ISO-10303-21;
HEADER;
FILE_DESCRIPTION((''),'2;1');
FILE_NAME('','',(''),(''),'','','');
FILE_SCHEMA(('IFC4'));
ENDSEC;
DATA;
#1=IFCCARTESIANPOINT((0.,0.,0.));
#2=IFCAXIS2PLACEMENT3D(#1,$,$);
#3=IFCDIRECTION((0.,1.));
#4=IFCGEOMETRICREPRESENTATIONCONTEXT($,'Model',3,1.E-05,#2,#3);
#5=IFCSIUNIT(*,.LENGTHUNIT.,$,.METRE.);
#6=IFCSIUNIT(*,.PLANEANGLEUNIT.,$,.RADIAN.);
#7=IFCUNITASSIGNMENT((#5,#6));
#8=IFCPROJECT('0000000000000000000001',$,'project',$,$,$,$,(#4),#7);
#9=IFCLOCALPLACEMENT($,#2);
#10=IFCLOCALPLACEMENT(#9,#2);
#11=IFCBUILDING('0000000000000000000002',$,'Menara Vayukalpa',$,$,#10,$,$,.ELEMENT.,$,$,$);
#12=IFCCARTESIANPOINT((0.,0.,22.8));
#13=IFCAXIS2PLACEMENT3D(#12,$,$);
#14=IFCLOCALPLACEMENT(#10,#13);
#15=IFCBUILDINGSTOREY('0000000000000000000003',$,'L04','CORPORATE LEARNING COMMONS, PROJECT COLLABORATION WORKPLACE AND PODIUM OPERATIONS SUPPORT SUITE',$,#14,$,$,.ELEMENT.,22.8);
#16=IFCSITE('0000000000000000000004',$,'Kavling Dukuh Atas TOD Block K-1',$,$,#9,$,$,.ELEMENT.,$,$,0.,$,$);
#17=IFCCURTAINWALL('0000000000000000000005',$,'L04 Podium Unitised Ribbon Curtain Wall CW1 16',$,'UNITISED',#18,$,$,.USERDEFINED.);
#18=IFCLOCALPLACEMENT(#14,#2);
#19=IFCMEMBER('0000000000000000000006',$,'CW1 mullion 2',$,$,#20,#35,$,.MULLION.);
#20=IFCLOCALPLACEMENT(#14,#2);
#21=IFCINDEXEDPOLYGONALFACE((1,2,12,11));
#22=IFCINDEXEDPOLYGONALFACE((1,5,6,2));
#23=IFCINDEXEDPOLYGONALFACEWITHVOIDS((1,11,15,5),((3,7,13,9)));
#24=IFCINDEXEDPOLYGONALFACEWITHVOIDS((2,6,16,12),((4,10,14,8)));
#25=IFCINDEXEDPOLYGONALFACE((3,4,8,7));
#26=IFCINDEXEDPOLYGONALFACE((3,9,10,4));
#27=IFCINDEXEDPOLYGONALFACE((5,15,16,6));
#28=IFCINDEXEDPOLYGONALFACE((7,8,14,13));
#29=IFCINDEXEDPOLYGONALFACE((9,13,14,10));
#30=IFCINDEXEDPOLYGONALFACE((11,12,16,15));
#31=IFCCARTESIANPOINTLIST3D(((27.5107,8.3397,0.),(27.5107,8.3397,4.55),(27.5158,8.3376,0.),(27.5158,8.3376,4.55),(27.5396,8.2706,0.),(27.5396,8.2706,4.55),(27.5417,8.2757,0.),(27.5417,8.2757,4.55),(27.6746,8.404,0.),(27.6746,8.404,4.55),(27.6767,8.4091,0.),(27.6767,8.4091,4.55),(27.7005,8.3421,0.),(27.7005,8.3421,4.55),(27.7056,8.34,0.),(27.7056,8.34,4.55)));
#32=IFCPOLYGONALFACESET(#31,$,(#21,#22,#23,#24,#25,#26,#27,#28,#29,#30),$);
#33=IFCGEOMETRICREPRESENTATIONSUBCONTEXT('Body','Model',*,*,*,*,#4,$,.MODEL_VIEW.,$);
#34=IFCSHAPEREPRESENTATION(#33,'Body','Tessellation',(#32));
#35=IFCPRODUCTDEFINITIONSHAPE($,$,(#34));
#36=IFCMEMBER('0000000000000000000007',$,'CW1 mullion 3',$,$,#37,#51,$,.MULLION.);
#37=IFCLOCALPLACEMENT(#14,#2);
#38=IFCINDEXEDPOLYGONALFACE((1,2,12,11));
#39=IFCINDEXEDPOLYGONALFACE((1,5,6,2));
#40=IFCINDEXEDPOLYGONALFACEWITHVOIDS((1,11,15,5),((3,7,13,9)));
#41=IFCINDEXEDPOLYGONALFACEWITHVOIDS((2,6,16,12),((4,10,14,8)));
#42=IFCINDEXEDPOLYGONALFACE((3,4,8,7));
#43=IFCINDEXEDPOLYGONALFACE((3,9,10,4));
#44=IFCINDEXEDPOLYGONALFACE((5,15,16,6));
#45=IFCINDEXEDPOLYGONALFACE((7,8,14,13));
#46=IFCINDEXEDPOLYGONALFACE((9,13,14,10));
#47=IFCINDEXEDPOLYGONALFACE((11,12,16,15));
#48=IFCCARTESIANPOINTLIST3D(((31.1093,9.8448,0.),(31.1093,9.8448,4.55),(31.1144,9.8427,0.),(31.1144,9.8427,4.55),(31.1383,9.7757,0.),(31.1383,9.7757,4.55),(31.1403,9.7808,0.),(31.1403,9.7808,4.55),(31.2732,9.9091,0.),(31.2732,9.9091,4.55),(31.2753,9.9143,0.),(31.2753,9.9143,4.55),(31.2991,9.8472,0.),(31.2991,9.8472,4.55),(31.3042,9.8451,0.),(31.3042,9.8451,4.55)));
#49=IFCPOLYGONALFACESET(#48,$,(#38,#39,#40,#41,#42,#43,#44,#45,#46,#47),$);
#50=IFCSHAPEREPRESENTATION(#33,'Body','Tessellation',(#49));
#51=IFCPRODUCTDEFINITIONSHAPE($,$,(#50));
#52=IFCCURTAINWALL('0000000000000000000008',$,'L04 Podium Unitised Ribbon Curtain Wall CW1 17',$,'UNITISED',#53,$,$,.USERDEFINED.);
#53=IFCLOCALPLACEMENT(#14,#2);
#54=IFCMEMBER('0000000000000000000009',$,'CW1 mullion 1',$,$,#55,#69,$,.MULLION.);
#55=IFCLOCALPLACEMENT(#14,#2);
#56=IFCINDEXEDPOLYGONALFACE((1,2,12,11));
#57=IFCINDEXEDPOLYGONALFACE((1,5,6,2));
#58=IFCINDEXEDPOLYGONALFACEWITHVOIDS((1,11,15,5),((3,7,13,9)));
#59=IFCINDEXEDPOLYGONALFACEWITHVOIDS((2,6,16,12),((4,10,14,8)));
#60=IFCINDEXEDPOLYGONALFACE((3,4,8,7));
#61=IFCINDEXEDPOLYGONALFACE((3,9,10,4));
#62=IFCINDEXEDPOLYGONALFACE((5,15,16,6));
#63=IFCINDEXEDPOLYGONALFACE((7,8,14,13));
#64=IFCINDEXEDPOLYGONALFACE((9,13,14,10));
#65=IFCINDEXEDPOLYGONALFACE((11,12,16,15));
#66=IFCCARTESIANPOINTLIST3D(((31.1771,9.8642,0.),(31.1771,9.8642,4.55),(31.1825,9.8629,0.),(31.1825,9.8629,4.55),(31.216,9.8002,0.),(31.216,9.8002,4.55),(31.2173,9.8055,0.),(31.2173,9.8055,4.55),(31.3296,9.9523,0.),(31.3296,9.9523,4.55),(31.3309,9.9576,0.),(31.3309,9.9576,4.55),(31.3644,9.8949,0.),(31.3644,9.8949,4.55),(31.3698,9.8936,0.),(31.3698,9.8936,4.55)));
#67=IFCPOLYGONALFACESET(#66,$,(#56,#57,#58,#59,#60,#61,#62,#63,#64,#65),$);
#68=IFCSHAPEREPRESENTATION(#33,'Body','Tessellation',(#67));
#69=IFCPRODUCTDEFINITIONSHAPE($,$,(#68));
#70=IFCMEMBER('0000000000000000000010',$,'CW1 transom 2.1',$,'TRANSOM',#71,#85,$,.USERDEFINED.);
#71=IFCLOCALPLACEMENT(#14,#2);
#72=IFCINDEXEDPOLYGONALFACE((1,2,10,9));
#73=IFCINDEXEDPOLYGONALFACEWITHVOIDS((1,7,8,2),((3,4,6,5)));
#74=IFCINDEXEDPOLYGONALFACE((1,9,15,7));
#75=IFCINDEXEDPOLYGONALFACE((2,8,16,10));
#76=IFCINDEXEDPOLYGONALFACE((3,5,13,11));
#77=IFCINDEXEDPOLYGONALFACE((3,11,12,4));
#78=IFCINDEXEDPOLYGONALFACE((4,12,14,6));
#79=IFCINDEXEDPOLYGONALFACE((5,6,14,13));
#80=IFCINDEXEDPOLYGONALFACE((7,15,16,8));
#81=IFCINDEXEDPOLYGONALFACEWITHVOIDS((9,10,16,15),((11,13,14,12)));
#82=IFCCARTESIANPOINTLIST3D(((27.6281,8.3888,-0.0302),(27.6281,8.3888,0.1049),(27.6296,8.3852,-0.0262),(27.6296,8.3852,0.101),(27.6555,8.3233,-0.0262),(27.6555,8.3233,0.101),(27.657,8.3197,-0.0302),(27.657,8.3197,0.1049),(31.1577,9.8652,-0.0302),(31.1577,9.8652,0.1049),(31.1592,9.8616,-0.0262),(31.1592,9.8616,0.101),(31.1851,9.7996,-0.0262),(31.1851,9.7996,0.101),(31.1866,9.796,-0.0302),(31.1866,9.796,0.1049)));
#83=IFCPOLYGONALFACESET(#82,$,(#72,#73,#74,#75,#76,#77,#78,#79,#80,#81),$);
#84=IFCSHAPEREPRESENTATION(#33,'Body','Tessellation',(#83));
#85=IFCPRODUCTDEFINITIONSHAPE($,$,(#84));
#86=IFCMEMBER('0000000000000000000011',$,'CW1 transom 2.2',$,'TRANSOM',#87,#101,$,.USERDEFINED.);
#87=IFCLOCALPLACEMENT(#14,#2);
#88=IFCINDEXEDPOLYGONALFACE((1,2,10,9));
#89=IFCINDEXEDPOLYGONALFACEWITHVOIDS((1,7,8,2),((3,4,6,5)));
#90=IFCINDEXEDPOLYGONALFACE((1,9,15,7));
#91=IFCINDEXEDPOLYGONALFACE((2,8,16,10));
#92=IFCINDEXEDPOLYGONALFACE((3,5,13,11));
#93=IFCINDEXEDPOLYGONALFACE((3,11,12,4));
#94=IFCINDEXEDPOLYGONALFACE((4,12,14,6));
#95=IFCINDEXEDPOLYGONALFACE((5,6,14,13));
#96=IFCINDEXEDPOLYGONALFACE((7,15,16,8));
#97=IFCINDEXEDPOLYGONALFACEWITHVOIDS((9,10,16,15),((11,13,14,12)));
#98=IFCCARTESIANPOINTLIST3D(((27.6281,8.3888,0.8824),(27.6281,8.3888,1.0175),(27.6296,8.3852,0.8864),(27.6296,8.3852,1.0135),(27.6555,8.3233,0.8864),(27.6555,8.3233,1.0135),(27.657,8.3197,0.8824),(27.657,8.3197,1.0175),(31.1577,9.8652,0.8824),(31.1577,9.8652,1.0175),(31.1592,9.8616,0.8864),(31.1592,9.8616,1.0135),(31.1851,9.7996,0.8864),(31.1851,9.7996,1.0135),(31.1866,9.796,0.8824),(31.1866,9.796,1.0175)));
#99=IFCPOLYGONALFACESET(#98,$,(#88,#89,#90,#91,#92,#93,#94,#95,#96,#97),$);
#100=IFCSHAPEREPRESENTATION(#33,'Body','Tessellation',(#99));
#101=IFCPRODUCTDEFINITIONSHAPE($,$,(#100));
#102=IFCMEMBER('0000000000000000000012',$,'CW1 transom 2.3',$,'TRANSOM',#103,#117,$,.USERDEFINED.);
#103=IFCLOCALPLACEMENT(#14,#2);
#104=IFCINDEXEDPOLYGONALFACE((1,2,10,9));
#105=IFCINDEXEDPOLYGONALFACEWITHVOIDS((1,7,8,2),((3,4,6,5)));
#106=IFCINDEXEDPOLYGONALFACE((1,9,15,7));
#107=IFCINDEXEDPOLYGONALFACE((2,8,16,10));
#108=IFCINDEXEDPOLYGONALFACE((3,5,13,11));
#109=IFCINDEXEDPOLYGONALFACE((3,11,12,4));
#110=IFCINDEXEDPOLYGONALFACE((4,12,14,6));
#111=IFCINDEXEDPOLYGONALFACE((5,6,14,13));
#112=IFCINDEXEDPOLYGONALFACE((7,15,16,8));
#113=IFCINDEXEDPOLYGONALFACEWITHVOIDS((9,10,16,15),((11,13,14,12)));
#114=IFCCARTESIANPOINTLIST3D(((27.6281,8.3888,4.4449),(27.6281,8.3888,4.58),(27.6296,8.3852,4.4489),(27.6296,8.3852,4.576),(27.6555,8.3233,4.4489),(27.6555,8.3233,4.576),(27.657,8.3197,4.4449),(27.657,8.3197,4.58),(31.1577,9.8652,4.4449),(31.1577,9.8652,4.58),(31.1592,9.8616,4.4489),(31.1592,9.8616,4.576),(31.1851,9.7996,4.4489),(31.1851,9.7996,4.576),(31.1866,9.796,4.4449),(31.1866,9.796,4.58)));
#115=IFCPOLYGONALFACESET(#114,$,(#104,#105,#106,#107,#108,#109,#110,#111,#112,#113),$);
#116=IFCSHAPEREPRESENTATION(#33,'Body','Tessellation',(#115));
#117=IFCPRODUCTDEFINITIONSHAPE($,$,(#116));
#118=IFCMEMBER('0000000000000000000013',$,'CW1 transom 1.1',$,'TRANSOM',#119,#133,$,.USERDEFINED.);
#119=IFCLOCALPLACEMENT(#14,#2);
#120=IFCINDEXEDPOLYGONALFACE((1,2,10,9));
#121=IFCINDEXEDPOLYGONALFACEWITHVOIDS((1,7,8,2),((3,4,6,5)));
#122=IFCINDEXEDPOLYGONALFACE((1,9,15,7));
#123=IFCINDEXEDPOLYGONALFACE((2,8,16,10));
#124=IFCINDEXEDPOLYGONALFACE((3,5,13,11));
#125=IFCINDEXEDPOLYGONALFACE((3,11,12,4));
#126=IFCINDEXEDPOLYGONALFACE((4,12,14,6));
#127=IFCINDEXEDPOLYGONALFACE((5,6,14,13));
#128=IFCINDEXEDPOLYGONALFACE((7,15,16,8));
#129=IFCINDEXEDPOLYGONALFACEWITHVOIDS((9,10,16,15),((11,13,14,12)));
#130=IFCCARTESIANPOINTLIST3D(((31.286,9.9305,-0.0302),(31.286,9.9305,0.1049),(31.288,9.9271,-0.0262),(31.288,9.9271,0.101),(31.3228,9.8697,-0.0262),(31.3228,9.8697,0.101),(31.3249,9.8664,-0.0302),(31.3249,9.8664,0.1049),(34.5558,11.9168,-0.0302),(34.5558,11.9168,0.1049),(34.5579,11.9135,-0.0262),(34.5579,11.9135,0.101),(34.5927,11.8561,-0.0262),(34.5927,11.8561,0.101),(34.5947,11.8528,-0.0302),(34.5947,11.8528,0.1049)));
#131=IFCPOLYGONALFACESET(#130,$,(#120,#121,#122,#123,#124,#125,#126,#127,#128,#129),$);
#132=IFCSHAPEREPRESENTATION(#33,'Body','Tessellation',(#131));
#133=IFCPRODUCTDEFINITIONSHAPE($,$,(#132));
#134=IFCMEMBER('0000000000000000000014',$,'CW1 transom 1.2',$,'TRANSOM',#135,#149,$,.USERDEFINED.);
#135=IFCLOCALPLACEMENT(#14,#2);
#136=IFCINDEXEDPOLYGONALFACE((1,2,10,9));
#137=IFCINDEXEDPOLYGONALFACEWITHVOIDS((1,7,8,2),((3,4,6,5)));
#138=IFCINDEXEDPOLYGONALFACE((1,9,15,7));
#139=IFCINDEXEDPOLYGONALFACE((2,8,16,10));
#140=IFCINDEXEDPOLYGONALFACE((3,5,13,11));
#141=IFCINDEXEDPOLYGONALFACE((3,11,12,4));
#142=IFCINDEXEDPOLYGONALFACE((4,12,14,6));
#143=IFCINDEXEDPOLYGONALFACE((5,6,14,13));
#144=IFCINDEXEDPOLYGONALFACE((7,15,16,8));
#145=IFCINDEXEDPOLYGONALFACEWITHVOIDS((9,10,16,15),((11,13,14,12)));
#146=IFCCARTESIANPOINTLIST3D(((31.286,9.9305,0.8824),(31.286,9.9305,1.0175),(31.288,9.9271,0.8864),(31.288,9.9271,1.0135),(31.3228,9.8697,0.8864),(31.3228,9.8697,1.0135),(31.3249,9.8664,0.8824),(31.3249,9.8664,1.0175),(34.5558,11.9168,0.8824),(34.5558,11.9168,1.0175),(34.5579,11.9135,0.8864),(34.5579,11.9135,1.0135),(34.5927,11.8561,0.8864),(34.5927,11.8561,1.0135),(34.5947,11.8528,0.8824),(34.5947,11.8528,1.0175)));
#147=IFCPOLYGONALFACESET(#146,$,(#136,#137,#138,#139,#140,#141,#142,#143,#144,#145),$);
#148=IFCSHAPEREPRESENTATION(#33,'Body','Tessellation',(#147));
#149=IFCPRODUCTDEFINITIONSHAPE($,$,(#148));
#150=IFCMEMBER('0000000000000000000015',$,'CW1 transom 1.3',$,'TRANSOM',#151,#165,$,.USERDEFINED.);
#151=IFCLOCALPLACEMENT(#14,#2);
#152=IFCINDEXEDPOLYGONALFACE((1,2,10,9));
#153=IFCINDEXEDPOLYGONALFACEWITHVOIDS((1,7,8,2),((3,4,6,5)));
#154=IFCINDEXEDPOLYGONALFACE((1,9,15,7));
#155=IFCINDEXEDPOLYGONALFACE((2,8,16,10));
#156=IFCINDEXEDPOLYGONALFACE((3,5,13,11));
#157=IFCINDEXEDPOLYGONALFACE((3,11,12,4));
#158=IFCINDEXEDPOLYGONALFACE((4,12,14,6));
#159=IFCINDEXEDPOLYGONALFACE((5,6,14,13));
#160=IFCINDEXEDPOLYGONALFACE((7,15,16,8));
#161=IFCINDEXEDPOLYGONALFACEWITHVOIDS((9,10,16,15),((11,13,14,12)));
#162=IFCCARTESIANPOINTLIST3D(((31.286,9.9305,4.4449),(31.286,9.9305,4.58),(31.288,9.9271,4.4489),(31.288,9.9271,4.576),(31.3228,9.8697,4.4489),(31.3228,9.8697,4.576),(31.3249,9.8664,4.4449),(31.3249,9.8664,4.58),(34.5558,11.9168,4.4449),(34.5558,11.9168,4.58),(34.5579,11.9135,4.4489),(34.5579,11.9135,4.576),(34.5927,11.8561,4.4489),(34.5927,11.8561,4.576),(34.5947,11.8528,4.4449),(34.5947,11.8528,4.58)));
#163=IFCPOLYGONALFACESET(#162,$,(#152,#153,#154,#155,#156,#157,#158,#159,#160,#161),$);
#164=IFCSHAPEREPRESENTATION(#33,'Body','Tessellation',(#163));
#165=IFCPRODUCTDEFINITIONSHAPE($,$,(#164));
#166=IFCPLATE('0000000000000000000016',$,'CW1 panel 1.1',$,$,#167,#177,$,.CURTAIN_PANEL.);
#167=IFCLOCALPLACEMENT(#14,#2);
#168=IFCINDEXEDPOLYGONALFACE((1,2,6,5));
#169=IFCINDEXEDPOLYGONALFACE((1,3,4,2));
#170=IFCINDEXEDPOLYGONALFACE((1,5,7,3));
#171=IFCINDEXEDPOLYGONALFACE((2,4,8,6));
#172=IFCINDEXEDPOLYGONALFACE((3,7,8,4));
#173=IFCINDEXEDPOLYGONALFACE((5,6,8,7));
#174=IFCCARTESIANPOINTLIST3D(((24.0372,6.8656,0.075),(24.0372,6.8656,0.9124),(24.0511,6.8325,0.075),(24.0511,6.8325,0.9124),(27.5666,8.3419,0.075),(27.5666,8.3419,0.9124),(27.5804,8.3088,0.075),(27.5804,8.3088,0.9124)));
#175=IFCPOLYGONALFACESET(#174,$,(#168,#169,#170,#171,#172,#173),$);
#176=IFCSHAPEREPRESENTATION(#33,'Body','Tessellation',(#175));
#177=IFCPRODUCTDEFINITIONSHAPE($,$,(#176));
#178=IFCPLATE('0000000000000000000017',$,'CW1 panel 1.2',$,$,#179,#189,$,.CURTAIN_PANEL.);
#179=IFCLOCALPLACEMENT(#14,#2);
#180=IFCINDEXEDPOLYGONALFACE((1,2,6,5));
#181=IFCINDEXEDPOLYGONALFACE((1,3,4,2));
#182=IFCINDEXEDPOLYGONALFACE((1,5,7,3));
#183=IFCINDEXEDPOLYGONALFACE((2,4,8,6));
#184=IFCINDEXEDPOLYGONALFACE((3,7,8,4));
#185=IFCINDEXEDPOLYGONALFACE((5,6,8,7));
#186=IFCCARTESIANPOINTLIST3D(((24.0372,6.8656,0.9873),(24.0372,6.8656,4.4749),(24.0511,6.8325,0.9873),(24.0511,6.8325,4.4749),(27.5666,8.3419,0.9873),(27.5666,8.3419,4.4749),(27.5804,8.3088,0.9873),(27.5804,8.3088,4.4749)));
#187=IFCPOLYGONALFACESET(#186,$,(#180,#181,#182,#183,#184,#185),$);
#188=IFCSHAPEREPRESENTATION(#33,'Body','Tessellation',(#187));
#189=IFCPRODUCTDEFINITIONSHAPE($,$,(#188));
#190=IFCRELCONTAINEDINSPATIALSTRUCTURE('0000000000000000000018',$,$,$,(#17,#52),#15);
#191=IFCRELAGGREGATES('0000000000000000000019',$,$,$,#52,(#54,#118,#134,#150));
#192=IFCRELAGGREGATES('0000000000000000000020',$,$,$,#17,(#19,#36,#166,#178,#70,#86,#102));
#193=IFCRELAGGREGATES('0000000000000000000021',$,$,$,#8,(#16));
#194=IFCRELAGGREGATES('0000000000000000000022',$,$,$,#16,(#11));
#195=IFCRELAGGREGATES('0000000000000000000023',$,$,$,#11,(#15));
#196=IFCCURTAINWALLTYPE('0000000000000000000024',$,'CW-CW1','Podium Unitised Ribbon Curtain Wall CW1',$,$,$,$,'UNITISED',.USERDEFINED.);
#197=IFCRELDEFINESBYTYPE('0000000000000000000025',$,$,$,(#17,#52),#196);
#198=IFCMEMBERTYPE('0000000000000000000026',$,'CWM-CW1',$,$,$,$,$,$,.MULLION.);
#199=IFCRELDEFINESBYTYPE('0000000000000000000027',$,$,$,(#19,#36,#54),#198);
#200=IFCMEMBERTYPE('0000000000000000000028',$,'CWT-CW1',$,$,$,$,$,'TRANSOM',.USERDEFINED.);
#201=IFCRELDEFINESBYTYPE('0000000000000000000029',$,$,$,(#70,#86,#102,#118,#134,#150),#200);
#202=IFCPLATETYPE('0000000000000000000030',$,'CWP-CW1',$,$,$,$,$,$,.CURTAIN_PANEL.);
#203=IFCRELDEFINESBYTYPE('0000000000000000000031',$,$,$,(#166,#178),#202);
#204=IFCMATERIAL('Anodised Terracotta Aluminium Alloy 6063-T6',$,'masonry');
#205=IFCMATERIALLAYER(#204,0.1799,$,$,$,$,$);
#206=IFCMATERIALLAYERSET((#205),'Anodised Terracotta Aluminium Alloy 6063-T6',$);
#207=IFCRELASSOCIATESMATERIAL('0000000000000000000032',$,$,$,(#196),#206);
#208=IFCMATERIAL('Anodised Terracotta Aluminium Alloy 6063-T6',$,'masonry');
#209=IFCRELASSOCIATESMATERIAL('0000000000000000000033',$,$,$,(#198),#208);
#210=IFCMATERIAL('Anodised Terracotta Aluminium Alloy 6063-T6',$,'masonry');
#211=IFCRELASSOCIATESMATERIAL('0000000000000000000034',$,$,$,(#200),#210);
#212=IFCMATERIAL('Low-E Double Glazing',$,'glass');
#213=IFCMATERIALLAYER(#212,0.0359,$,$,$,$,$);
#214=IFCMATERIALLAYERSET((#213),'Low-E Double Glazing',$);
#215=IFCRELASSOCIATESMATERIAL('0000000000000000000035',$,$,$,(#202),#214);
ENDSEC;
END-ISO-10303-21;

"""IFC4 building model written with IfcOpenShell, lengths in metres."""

from ifc_helpers import new_model, si_unit, direction, frame, origin, origin_2d, place, context, subcontext, project, spatial, rectangle, hollow_rectangle, extrude, material, layer, layer_set, material_profile, profile_set, type_object, element, aggregate, save


model = new_model("IFC4")

# Units and contexts
model_context = context("Model", 3, precision=1e-05, world=origin(), true_north=direction((0.0, 1.0)))
body_context = subcontext(model_context, "Body", "Model", "MODEL_VIEW")
ifc_project = project(units=[si_unit("LENGTHUNIT", "METRE"), si_unit("PLANEANGLEUNIT", "RADIAN")], contexts=[model_context])

# Site, building, storey
site_placement = place(None, origin())
site = spatial("IfcSite", under=ifc_project, at=site_placement, Name="Kavling Dukuh Atas TOD Block K-1", CompositionType="ELEMENT", RefElevation=0.0)
building_placement = place(site_placement, origin())
building = spatial("IfcBuilding", under=site, at=building_placement, Name="Menara Vayukalpa", CompositionType="ELEMENT")
storey_placement = place(building_placement, frame((0.0, 0.0, 22.8)))
storey = spatial("IfcBuildingStorey", under=building, at=storey_placement, Name="L04", Description="CORPORATE LEARNING COMMONS, PROJECT COLLABORATION WORKPLACE AND PODIUM OPERATIONS SUPPORT SUITE", CompositionType="ELEMENT", Elevation=22.8)

# Curtain wall, members
ifc_material_1 = material(Name="Anodised Terracotta Aluminium Alloy 6063-T6", Category="masonry")
ifc_layer_1 = layer(ifc_material_1, 0.1799)
ifc_layer_set_1 = layer_set([ifc_layer_1], Name="Anodised Terracotta Aluminium Alloy 6063-T6")
curtain_wall_type = type_object("IfcCurtainWallType", Name="CW-CW1", Description="Podium Unitised Ribbon Curtain Wall CW1", ElementType="UNITISED", PredefinedType="USERDEFINED", material=ifc_layer_set_1)
curtain_wall_1_placement = place(storey_placement, origin())
curtain_wall_1 = element("IfcCurtainWall", 1, at=curtain_wall_1_placement, inside=storey, type_object=curtain_wall_type, Name="L04 Podium Unitised Ribbon Curtain Wall CW1 16", ObjectType="UNITISED", PredefinedType="USERDEFINED")
ifc_material_2 = material(Name="Anodised Terracotta Aluminium Alloy 6063-T6", Category="masonry")
ifc_material_profile_1 = material_profile(ifc_material_2, hollow_rectangle(XDim=0.075, YDim=0.1799, WallThickness=0.0039, at=origin_2d()), Name="ALU 75x180x4")
ifc_profile_set_1 = profile_set([ifc_material_profile_1], Name="Anodised Terracotta Aluminium Alloy 6063-T6")
member_type_1 = type_object("IfcMemberType", Name="CWM-CW1", PredefinedType="MULLION", material=ifc_profile_set_1)
member_1_placement = place(storey_placement, frame((27.6082, 8.3398, 0.0), z_axis=(0.0, 0.0, 1.0), x_axis=(-0.385891, 0.922545, 0.0)))
member_1 = element("IfcMember", 2, at=member_1_placement, type_object=member_type_1, Name="CW1 mullion 2", PredefinedType="MULLION", context=body_context, shape_type="SweptSolid", body=[
    extrude(hollow_rectangle(XDim=0.075, YDim=0.1799, WallThickness=0.0039, at=origin_2d()), origin(), (0.0, 0.0, 1.0), 4.55),
])
member_2_placement = place(storey_placement, frame((31.2068, 9.845, 0.0), z_axis=(0.0, 0.0, 1.0), x_axis=(-0.385891, 0.922545, 0.0)))
member_2 = element("IfcMember", 3, at=member_2_placement, type_object=member_type_1, Name="CW1 mullion 3", PredefinedType="MULLION", context=body_context, shape_type="SweptSolid", body=[
    extrude(hollow_rectangle(XDim=0.075, YDim=0.1799, WallThickness=0.0039, at=origin_2d()), origin(), (0.0, 0.0, 1.0), 4.55),
])

# Curtain wall, member
curtain_wall_2_placement = place(storey_placement, origin())
curtain_wall_2 = element("IfcCurtainWall", 4, at=curtain_wall_2_placement, inside=storey, type_object=curtain_wall_type, Name="L04 Podium Unitised Ribbon Curtain Wall CW1 17", ObjectType="UNITISED", PredefinedType="USERDEFINED")
member_3_placement = place(storey_placement, frame((31.2734, 9.8789, 0.0), z_axis=(0.0, 0.0, 1.0), x_axis=(-0.51918, 0.854665, 0.0)))
member_3 = element("IfcMember", 5, at=member_3_placement, type_object=member_type_1, Name="CW1 mullion 1", PredefinedType="MULLION", context=body_context, shape_type="SweptSolid", body=[
    extrude(hollow_rectangle(XDim=0.075, YDim=0.1799, WallThickness=0.0039, at=origin_2d()), origin(), (0.0, 0.0, 1.0), 4.55),
])

# Members
ifc_material_3 = material(Name="Anodised Terracotta Aluminium Alloy 6063-T6", Category="masonry")
ifc_material_profile_2 = material_profile(ifc_material_3, hollow_rectangle(XDim=0.075, YDim=0.135, WallThickness=0.0039, at=origin_2d()), Name="ALU 75x135x4")
ifc_profile_set_2 = profile_set([ifc_material_profile_2], Name="Anodised Terracotta Aluminium Alloy 6063-T6")
member_type_2 = type_object("IfcMemberType", Name="CWT-CW1", ElementType="TRANSOM", PredefinedType="USERDEFINED", material=ifc_profile_set_2)
member_4_placement = place(storey_placement, frame((27.6426, 8.3542, 0.0374), z_axis=(0.922549, 0.385879, 0.0), x_axis=(-0.385879, 0.922549, 0.0)))
member_4 = element("IfcMember", 6, at=member_4_placement, type_object=member_type_2, Name="CW1 transom 2.1", ObjectType="TRANSOM", PredefinedType="USERDEFINED", context=body_context, shape_type="SweptSolid", body=[
    extrude(hollow_rectangle(XDim=0.075, YDim=0.135, WallThickness=0.0039, at=origin_2d()), origin(), (0.0, 0.0, 1.0), 3.8259),
])
member_5_placement = place(storey_placement, frame((27.6426, 8.3542, 0.95), z_axis=(0.922549, 0.385879, 0.0), x_axis=(-0.385879, 0.922549, 0.0)))
member_5 = element("IfcMember", 7, at=member_5_placement, type_object=member_type_2, Name="CW1 transom 2.2", ObjectType="TRANSOM", PredefinedType="USERDEFINED", context=body_context, shape_type="SweptSolid", body=[
    extrude(hollow_rectangle(XDim=0.075, YDim=0.135, WallThickness=0.0039, at=origin_2d()), origin(), (0.0, 0.0, 1.0), 3.8259),
])
member_6_placement = place(storey_placement, frame((27.6426, 8.3542, 4.5125), z_axis=(0.922549, 0.385879, 0.0), x_axis=(-0.385879, 0.922549, 0.0)))
member_6 = element("IfcMember", 8, at=member_6_placement, type_object=member_type_2, Name="CW1 transom 2.3", ObjectType="TRANSOM", PredefinedType="USERDEFINED", context=body_context, shape_type="SweptSolid", body=[
    extrude(hollow_rectangle(XDim=0.075, YDim=0.135, WallThickness=0.0039, at=origin_2d()), origin(), (0.0, 0.0, 1.0), 3.8259),
])
member_7_placement = place(storey_placement, frame((31.3054, 9.8984, 0.0374), z_axis=(0.854659, 0.51919, 0.0), x_axis=(-0.51919, 0.854659, 0.0)))
member_7 = element("IfcMember", 9, at=member_7_placement, type_object=member_type_2, Name="CW1 transom 1.1", ObjectType="TRANSOM", PredefinedType="USERDEFINED", context=body_context, shape_type="SweptSolid", body=[
    extrude(hollow_rectangle(XDim=0.075, YDim=0.135, WallThickness=0.0039, at=origin_2d()), origin(), (0.0, 0.0, 1.0), 3.8259),
])
member_8_placement = place(storey_placement, frame((31.3054, 9.8984, 0.95), z_axis=(0.854659, 0.51919, 0.0), x_axis=(-0.51919, 0.854659, 0.0)))
member_8 = element("IfcMember", 10, at=member_8_placement, type_object=member_type_2, Name="CW1 transom 1.2", ObjectType="TRANSOM", PredefinedType="USERDEFINED", context=body_context, shape_type="SweptSolid", body=[
    extrude(hollow_rectangle(XDim=0.075, YDim=0.135, WallThickness=0.0039, at=origin_2d()), origin(), (0.0, 0.0, 1.0), 3.8259),
])
member_9_placement = place(storey_placement, frame((31.3054, 9.8984, 4.5125), z_axis=(0.854659, 0.51919, 0.0), x_axis=(-0.51919, 0.854659, 0.0)))
member_9 = element("IfcMember", 11, at=member_9_placement, type_object=member_type_2, Name="CW1 transom 1.3", ObjectType="TRANSOM", PredefinedType="USERDEFINED", context=body_context, shape_type="SweptSolid", body=[
    extrude(hollow_rectangle(XDim=0.075, YDim=0.135, WallThickness=0.0039, at=origin_2d()), origin(), (0.0, 0.0, 1.0), 3.8259),
])
aggregate(curtain_wall_2, [member_3, member_7, member_8, member_9])

# Plates
ifc_material_4 = material(Name="Low-E Double Glazing", Category="glass")
ifc_layer_2 = layer(ifc_material_4, 0.0359)
ifc_layer_set_2 = layer_set([ifc_layer_2], Name="Low-E Double Glazing")
plate_type = type_object("IfcPlateType", Name="CWP-CW1", PredefinedType="CURTAIN_PANEL", material=ifc_layer_set_2)
plate_1_placement = place(storey_placement, frame((25.8088, 7.5872, 0.075), z_axis=(0.0, 0.0, 1.0), x_axis=(0.922545, 0.385891, 0.0)))
plate_1 = element("IfcPlate", 12, at=plate_1_placement, type_object=plate_type, Name="CW1 panel 1.1", PredefinedType="CURTAIN_PANEL", context=body_context, shape_type="SweptSolid", body=[
    extrude(rectangle(XDim=3.8257, YDim=0.0359, at=origin_2d()), origin(), (0.0, 0.0, 1.0), 0.8374),
])
plate_2_placement = place(storey_placement, frame((25.8088, 7.5872, 0.9873), z_axis=(0.0, 0.0, 1.0), x_axis=(0.922545, 0.385891, 0.0)))
plate_2 = element("IfcPlate", 13, at=plate_2_placement, type_object=plate_type, Name="CW1 panel 1.2", PredefinedType="CURTAIN_PANEL", context=body_context, shape_type="SweptSolid", body=[
    extrude(rectangle(XDim=3.8257, YDim=0.0359, at=origin_2d()), origin(), (0.0, 0.0, 1.0), 3.4875),
])
aggregate(curtain_wall_1, [member_1, member_2, plate_1, plate_2, member_4, member_5, member_6])

save(model, "model.ifc")
